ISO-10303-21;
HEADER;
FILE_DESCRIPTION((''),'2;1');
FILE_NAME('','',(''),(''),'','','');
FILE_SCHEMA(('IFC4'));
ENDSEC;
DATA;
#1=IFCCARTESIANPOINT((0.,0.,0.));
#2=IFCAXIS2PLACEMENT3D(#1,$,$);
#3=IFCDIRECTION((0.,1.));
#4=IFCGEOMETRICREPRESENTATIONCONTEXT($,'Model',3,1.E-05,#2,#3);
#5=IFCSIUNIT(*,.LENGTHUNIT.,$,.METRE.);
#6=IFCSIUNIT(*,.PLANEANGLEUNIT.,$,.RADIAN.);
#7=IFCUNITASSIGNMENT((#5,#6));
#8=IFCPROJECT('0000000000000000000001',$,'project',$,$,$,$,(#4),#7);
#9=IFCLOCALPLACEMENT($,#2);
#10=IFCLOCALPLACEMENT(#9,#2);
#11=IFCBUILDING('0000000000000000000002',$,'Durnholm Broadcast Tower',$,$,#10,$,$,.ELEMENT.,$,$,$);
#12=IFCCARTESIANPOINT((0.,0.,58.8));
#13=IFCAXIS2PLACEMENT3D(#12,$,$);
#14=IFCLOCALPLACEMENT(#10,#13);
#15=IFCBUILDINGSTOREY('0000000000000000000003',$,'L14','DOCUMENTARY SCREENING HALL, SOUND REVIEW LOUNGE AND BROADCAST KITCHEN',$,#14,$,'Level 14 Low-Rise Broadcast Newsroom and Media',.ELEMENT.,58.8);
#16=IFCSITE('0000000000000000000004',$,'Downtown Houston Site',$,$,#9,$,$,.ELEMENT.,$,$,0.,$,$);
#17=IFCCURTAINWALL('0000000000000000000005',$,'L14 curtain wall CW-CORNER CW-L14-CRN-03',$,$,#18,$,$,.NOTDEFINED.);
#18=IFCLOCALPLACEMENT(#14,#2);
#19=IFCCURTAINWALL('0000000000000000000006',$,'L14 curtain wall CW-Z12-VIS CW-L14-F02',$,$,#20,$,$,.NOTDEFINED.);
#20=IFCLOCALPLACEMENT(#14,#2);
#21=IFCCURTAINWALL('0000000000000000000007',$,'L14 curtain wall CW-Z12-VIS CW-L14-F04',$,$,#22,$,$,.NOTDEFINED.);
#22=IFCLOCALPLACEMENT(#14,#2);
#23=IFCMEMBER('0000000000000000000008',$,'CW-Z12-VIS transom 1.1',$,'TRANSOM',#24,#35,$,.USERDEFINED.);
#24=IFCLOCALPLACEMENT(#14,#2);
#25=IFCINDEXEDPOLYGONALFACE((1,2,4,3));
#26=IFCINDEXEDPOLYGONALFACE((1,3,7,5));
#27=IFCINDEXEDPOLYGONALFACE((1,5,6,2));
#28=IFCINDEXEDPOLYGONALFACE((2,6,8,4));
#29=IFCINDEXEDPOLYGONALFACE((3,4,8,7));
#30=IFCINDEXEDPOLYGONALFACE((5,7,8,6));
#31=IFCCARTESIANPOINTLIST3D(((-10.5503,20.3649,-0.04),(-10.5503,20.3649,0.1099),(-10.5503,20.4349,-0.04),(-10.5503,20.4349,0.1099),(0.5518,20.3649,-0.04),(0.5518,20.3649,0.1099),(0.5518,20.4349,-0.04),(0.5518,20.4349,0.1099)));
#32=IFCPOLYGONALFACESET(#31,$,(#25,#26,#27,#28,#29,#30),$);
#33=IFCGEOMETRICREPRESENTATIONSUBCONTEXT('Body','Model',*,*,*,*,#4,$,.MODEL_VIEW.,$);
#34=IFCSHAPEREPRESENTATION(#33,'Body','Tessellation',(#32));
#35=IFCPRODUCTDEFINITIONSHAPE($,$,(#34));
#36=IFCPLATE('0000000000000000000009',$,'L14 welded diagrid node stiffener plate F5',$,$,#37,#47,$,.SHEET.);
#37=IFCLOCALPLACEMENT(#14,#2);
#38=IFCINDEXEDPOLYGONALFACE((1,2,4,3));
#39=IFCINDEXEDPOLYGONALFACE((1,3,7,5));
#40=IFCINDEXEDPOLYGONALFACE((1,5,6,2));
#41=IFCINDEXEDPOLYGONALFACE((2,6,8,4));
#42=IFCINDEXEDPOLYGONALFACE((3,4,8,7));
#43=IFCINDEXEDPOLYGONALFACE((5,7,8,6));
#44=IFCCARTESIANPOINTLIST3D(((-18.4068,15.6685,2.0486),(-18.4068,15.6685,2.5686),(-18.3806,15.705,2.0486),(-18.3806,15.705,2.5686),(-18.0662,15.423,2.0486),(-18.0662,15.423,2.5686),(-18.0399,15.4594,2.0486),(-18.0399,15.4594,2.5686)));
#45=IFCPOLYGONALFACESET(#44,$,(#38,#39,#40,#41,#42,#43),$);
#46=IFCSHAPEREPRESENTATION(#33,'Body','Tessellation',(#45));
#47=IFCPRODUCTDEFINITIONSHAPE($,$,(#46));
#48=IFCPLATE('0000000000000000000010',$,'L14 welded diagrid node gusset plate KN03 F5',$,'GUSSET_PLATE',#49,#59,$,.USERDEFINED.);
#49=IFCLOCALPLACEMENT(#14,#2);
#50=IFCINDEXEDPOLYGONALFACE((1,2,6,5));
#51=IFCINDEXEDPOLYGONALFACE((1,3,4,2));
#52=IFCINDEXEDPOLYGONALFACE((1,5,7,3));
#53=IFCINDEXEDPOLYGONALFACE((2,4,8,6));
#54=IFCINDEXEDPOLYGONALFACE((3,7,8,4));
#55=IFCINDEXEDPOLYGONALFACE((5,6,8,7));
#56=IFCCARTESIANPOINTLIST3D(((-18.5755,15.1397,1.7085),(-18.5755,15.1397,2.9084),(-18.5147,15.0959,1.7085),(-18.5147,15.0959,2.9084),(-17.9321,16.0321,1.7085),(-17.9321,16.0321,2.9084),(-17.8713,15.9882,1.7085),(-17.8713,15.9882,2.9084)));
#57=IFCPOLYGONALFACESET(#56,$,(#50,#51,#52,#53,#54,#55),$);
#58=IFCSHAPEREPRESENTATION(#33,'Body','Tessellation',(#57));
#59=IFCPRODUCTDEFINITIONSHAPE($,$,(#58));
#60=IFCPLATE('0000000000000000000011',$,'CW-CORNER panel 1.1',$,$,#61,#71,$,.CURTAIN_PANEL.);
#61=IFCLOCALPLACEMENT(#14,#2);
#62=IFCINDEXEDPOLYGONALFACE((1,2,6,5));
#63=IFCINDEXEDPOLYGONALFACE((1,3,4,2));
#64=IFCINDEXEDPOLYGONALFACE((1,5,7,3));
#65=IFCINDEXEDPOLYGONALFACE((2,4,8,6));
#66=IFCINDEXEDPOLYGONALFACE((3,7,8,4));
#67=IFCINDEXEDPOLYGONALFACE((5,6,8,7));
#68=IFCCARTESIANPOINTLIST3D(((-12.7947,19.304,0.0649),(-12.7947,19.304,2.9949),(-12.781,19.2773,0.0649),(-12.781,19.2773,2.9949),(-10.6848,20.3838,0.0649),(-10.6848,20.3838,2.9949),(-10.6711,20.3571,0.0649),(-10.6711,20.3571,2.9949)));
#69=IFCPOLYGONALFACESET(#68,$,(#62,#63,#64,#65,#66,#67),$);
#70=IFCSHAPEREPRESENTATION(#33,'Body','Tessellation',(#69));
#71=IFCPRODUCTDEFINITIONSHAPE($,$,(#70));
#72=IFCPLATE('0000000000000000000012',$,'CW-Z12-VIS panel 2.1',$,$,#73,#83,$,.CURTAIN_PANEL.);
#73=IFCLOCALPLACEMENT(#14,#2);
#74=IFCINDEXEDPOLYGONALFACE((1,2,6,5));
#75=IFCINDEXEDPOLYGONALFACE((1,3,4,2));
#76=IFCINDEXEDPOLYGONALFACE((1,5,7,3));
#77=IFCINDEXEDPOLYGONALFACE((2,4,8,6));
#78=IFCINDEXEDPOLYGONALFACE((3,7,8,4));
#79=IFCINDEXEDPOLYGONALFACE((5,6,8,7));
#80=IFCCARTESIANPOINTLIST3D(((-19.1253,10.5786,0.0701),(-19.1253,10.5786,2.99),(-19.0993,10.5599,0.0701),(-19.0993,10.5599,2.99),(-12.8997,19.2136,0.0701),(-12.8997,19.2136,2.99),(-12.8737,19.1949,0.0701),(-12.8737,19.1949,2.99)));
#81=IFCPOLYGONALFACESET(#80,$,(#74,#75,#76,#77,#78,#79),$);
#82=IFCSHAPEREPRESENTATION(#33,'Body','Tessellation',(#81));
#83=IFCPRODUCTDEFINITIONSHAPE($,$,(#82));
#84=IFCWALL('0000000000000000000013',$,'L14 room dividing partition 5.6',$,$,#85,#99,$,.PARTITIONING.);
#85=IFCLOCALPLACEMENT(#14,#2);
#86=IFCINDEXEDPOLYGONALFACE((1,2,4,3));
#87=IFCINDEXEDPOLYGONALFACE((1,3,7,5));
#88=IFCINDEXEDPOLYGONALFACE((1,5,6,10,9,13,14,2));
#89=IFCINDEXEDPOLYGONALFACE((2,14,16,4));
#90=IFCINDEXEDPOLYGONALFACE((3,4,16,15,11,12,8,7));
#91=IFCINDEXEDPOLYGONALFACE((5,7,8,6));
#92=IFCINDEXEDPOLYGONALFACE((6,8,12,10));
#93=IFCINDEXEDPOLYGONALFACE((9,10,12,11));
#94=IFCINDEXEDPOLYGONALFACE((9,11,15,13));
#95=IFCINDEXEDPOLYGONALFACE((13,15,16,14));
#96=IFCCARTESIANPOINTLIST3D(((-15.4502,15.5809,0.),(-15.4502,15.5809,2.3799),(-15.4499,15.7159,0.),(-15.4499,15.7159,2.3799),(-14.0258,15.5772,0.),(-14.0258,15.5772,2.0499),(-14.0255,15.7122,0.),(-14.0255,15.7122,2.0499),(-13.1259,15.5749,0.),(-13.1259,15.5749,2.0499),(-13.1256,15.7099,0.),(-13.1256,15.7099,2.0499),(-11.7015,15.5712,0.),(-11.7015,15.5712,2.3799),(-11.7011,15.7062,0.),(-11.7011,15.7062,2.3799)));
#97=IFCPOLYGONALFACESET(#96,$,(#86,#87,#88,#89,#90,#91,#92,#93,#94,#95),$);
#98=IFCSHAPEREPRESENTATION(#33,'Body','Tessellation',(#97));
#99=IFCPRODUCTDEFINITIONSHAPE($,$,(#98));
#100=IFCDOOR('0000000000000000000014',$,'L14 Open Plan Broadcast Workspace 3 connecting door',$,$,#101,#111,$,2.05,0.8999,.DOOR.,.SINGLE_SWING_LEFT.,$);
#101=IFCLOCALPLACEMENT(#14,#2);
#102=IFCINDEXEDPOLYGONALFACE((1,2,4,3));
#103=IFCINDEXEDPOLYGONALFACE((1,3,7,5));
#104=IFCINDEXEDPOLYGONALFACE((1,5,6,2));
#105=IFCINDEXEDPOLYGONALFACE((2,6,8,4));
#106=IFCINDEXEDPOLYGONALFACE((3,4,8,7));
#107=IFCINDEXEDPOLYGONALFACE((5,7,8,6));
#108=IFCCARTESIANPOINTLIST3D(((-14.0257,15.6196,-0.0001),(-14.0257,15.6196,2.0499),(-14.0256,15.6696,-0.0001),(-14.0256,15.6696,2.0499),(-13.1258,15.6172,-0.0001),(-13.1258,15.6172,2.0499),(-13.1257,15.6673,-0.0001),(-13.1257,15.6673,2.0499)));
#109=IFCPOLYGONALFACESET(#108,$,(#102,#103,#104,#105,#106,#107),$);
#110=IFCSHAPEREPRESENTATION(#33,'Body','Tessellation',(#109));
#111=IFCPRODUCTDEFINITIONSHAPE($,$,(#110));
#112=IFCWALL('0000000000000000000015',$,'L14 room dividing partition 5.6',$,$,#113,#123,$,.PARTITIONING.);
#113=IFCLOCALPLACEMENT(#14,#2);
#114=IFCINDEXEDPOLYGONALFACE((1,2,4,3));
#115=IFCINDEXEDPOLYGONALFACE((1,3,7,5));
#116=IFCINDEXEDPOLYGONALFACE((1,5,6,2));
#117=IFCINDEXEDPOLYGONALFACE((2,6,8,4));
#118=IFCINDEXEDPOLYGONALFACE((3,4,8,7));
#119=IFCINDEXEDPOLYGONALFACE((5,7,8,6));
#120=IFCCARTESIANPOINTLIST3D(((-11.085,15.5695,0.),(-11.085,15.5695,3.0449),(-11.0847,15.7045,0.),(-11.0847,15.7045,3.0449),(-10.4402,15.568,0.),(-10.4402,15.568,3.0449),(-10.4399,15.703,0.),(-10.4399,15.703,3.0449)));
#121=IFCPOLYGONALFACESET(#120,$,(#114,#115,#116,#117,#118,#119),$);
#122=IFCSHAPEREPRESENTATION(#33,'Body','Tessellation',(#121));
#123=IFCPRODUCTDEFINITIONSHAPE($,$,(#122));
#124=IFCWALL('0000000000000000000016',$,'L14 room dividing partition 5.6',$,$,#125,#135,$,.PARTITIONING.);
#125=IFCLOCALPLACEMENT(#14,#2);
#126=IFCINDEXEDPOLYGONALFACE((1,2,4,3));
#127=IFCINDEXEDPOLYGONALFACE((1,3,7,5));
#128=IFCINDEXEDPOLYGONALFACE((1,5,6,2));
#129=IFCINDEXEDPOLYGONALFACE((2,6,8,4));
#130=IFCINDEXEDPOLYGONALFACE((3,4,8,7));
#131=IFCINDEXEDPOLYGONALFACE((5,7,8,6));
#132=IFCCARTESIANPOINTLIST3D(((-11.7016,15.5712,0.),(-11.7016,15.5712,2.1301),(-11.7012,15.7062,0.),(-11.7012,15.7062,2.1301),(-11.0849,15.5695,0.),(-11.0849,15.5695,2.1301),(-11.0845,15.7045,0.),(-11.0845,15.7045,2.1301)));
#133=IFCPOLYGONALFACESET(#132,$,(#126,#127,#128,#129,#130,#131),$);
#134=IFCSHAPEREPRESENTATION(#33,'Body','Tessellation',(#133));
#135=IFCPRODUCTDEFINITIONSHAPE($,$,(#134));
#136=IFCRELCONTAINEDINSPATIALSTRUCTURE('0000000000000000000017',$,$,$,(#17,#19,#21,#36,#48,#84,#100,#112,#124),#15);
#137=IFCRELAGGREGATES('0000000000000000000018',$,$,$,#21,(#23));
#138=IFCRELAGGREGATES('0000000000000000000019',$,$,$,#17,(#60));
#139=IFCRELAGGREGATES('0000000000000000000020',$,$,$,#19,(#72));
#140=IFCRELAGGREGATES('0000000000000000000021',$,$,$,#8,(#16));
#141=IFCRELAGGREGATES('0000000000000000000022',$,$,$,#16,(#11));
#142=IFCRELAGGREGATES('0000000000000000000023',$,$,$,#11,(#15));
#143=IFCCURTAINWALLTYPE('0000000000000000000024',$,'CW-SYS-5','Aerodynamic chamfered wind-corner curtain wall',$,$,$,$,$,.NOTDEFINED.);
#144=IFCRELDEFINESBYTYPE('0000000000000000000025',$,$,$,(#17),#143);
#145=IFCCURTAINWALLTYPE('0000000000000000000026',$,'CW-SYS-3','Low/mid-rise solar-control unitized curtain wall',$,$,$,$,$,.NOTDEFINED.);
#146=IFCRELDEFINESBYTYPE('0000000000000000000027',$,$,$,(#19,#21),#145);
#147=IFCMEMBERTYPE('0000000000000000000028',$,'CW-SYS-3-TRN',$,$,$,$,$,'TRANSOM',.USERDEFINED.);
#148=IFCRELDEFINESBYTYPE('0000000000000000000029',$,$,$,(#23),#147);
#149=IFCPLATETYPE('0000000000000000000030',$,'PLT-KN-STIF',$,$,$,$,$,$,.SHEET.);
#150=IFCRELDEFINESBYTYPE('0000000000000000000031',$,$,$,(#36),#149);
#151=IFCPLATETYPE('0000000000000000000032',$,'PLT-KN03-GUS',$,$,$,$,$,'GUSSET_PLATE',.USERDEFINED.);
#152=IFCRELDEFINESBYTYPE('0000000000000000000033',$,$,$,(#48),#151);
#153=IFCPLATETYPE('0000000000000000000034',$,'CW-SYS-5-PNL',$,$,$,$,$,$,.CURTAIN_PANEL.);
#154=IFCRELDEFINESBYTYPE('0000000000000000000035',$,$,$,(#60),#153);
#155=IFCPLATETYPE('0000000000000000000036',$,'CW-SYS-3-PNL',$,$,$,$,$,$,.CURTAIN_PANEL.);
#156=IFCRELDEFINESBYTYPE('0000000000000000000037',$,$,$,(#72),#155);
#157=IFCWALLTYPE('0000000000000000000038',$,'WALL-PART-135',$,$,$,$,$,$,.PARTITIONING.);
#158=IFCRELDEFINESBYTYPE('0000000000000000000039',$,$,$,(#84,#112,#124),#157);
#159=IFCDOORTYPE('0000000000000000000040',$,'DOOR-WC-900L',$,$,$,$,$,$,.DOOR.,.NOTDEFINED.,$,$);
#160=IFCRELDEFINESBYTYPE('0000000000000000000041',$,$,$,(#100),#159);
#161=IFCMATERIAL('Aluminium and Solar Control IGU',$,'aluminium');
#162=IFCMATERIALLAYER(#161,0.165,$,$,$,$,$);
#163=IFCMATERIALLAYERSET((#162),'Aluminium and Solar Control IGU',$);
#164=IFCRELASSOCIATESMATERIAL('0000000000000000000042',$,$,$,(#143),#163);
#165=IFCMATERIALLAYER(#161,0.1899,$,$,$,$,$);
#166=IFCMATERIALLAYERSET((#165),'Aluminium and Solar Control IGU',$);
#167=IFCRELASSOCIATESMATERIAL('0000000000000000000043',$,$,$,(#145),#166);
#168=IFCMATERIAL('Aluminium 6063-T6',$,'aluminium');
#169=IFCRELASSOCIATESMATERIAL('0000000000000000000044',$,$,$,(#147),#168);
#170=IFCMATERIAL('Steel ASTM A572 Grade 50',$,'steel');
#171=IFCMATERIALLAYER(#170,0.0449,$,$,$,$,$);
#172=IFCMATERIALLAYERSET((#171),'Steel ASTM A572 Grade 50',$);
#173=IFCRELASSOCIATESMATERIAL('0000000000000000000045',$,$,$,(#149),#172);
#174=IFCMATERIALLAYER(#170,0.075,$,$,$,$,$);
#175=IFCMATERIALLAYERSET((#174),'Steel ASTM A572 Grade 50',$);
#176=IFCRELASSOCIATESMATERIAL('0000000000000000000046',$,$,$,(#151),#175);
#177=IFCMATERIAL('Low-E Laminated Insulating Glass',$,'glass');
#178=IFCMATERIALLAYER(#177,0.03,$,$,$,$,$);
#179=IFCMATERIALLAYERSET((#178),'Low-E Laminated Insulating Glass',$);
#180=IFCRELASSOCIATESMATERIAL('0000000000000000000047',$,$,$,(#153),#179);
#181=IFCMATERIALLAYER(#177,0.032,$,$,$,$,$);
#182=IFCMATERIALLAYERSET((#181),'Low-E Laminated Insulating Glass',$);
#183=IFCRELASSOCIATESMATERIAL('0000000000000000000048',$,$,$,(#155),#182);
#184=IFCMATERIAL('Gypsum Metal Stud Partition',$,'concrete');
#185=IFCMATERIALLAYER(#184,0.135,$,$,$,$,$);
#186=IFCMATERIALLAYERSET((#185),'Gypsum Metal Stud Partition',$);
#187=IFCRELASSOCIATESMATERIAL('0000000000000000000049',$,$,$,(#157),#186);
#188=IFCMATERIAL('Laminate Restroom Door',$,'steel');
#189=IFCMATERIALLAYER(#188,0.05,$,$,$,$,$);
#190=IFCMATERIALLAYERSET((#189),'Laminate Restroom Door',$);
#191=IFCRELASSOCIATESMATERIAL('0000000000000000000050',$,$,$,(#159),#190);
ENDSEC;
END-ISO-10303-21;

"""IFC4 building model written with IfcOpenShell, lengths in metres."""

from ifc_helpers import new_model, si_unit, direction, frame, frame_2d, origin, origin_2d, place, context, subcontext, project, spatial, rectangle, extrude, source, transform, mapped, material, layer, layer_set, material_profile, profile_set, type_object, type_shapes, element, fill, aggregate, save


model = new_model("IFC4")

# Units and contexts
model_context = context("Model", 3, precision=1e-05, world=origin(), true_north=direction((0.0, 1.0)))
body_context = subcontext(model_context, "Body", "Model", "MODEL_VIEW")
ifc_project = project(units=[si_unit("LENGTHUNIT", "METRE"), si_unit("PLANEANGLEUNIT", "RADIAN")], contexts=[model_context])

# Site, building, storey
site_placement = place(None, origin())
site = spatial("IfcSite", under=ifc_project, at=site_placement, Name="Downtown Houston Site", CompositionType="ELEMENT", RefElevation=0.0)
building_placement = place(site_placement, origin())
building = spatial("IfcBuilding", under=site, at=building_placement, Name="Durnholm Broadcast Tower", CompositionType="ELEMENT")
storey_placement = place(building_placement, frame((0.0, 0.0, 58.8)))
storey = spatial("IfcBuildingStorey", under=building, at=storey_placement, Name="L14", Description="DOCUMENTARY SCREENING HALL, SOUND REVIEW LOUNGE AND BROADCAST KITCHEN", LongName="Level 14 Low-Rise Broadcast Newsroom and Media", CompositionType="ELEMENT", Elevation=58.8)

# Curtain wall
ifc_material_1 = material(Name="Aluminium and Solar Control IGU", Category="aluminium")
ifc_layer_1 = layer(ifc_material_1, 0.165)
ifc_layer_set_1 = layer_set([ifc_layer_1], Name="Aluminium and Solar Control IGU")
curtain_wall_type_1 = type_object("IfcCurtainWallType", Name="CW-SYS-5", Description="Aerodynamic chamfered wind-corner curtain wall", PredefinedType="NOTDEFINED", material=ifc_layer_set_1)
curtain_wall_1_placement = place(storey_placement, origin())
curtain_wall_1 = element("IfcCurtainWall", 1, at=curtain_wall_1_placement, inside=storey, type_object=curtain_wall_type_1, Name="L14 curtain wall CW-CORNER CW-L14-CRN-03", PredefinedType="NOTDEFINED")
ifc_material_2 = material(Name="Aluminium 6063-T6", Category="aluminium")

# Curtain wall
ifc_layer_2 = layer(ifc_material_1, 0.1899)
ifc_layer_set_2 = layer_set([ifc_layer_2], Name="Aluminium and Solar Control IGU")
curtain_wall_type_2 = type_object("IfcCurtainWallType", Name="CW-SYS-3", Description="Low/mid-rise solar-control unitized curtain wall", PredefinedType="NOTDEFINED", material=ifc_layer_set_2)
curtain_wall_2_placement = place(storey_placement, origin())
curtain_wall_2 = element("IfcCurtainWall", 2, at=curtain_wall_2_placement, inside=storey, type_object=curtain_wall_type_2, Name="L14 curtain wall CW-Z12-VIS CW-L14-F02", PredefinedType="NOTDEFINED")

# Curtain wall, member
curtain_wall_3_placement = place(storey_placement, origin())
curtain_wall_3 = element("IfcCurtainWall", 3, at=curtain_wall_3_placement, inside=storey, type_object=curtain_wall_type_2, Name="L14 curtain wall CW-Z12-VIS CW-L14-F04", PredefinedType="NOTDEFINED")
ifc_material_profile_1 = material_profile(ifc_material_2, rectangle(XDim=0.0701, YDim=0.1499, at=origin_2d()), Name="CWT70X150")
ifc_profile_set_1 = profile_set([ifc_material_profile_1], Name="Aluminium 6063-T6")
member_type_1 = type_object("IfcMemberType", Name="CW-SYS-3-TRN", ElementType="TRANSOM", PredefinedType="USERDEFINED", material=ifc_profile_set_1)
shared_shape_1 = source(origin(), body_context, "Body", "SweptSolid", [
    extrude(rectangle(XDim=0.0701, YDim=0.1499, at=origin_2d()), origin(), (0.0, 0.0, 1.0), 11.1021),
])
type_shapes(member_type_1, [shared_shape_1])
member_1_placement = place(storey_placement, frame((-10.5503, 20.3999, 0.0349), z_axis=(1.0, 0.0, 0.0), x_axis=(0.0, 1.0, 0.0)))
member_1 = element("IfcMember", 4, at=member_1_placement, type_object=member_type_1, Name="CW-Z12-VIS transom 1.1", ObjectType="TRANSOM", PredefinedType="USERDEFINED", context=body_context, shape_type="MappedRepresentation", body=[
    mapped(shared_shape_1, transform((0.0, 0.0, 0.0), x_axis=(1.0, 0.0, 0.0), y_axis=(0.0, 1.0, 0.0), z_axis=(0.0, 0.0, 1.0), scale=1.0)),
])
aggregate(curtain_wall_3, [member_1])

# Plates
ifc_material_3 = material(Name="Steel ASTM A572 Grade 50", Category="steel")
ifc_layer_3 = layer(ifc_material_3, 0.0449)
ifc_layer_set_3 = layer_set([ifc_layer_3], Name="Steel ASTM A572 Grade 50")
plate_type_1 = type_object("IfcPlateType", Name="PLT-KN-STIF", PredefinedType="SHEET", material=ifc_layer_set_3)
shared_shape_2 = source(origin(), body_context, "Body", "SweptSolid", [
    extrude(rectangle(XDim=0.0449, YDim=0.4199, at=origin_2d()), origin(), (0.0, 0.0, 1.0), 0.52),
])
type_shapes(plate_type_1, [shared_shape_2])
plate_1_placement = place(storey_placement, frame((-18.2234, 15.564, 2.0486), z_axis=(0.0, 0.0, 1.0), x_axis=(-0.584816, -0.811166, 0.0)))
element("IfcPlate", 5, at=plate_1_placement, inside=storey, type_object=plate_type_1, Name="L14 welded diagrid node stiffener plate F5", PredefinedType="SHEET", context=body_context, shape_type="MappedRepresentation", body=[
    mapped(shared_shape_2, transform((0.0, 0.0, 0.0), x_axis=(1.0, 0.0, 0.0), y_axis=(0.0, 1.0, 0.0), z_axis=(0.0, 0.0, 1.0), scale=1.0)),
])
ifc_layer_4 = layer(ifc_material_3, 0.075)
ifc_layer_set_4 = layer_set([ifc_layer_4], Name="Steel ASTM A572 Grade 50")
plate_type_2 = type_object("IfcPlateType", Name="PLT-KN03-GUS", ElementType="GUSSET_PLATE", PredefinedType="USERDEFINED", material=ifc_layer_set_4)
shared_shape_3 = source(origin(), body_context, "Body", "SweptSolid", [
    extrude(rectangle(XDim=1.1001, YDim=0.075, at=origin_2d()), origin(), (0.0, 0.0, 1.0), 1.2),
])
type_shapes(plate_type_2, [shared_shape_3])
plate_2_placement = place(storey_placement, frame((-18.2234, 15.564, 1.7085), z_axis=(0.0, 0.0, 1.0), x_axis=(-0.584816, -0.811166, 0.0)))
element("IfcPlate", 6, at=plate_2_placement, inside=storey, type_object=plate_type_2, Name="L14 welded diagrid node gusset plate KN03 F5", ObjectType="GUSSET_PLATE", PredefinedType="USERDEFINED", context=body_context, shape_type="MappedRepresentation", body=[
    mapped(shared_shape_3, transform((0.0, 0.0, 0.0), x_axis=(1.0, 0.0, 0.0), y_axis=(0.0, 1.0, 0.0), z_axis=(0.0, 0.0, 1.0), scale=1.0)),
])

# Plates
ifc_material_4 = material(Name="Low-E Laminated Insulating Glass", Category="glass")
ifc_layer_5 = layer(ifc_material_4, 0.03)
ifc_layer_set_5 = layer_set([ifc_layer_5], Name="Low-E Laminated Insulating Glass")
plate_type_3 = type_object("IfcPlateType", Name="CW-SYS-5-PNL", PredefinedType="CURTAIN_PANEL", material=ifc_layer_set_5)
shared_shape_4 = source(origin(), body_context, "Body", "SweptSolid", [
    extrude(rectangle(XDim=2.3701, YDim=0.03, at=origin_2d()), origin(), (0.0, 0.0, 1.0), 2.9299),
])
type_shapes(plate_type_3, [shared_shape_4])
plate_3_placement = place(storey_placement, frame((-11.7329, 19.8306, 0.0649), z_axis=(0.0, 0.0, 1.0), x_axis=(0.890188, 0.455594, 0.0)))
plate_3 = element("IfcPlate", 7, at=plate_3_placement, type_object=plate_type_3, Name="CW-CORNER panel 1.1", PredefinedType="CURTAIN_PANEL", context=body_context, shape_type="MappedRepresentation", body=[
    mapped(shared_shape_4, transform((0.0, 0.0, 0.0), x_axis=(1.0, 0.0, 0.0), y_axis=(0.0, 1.0, 0.0), z_axis=(0.0, 0.0, 1.0), scale=1.0)),
])
aggregate(curtain_wall_1, [plate_3])
ifc_layer_6 = layer(ifc_material_4, 0.032)
ifc_layer_set_6 = layer_set([ifc_layer_6], Name="Low-E Laminated Insulating Glass")
plate_type_4 = type_object("IfcPlateType", Name="CW-SYS-3-PNL", PredefinedType="CURTAIN_PANEL", material=ifc_layer_set_6)
shared_shape_5 = source(origin(), body_context, "Body", "SweptSolid", [
    extrude(rectangle(XDim=10.6453, YDim=0.032, at=origin_2d()), origin(), (0.0, 0.0, 1.0), 2.9199),
])
type_shapes(plate_type_4, [shared_shape_5])
plate_4_placement = place(storey_placement, frame((-15.9995, 14.8867, 0.0701), z_axis=(0.0, 0.0, 1.0), x_axis=(0.584823, 0.811161, 0.0)))
plate_4 = element("IfcPlate", 8, at=plate_4_placement, type_object=plate_type_4, Name="CW-Z12-VIS panel 2.1", PredefinedType="CURTAIN_PANEL", context=body_context, shape_type="MappedRepresentation", body=[
    mapped(shared_shape_5, transform((0.0, 0.0, 0.0), x_axis=(1.0, 0.0, 0.0), y_axis=(0.0, 1.0, 0.0), z_axis=(0.0, 0.0, 1.0), scale=1.0)),
])
aggregate(curtain_wall_2, [plate_4])

# Wall, opening, door
ifc_material_5 = material(Name="Gypsum Metal Stud Partition", Category="concrete")
ifc_layer_7 = layer(ifc_material_5, 0.135)
ifc_layer_set_7 = layer_set([ifc_layer_7], Name="Gypsum Metal Stud Partition")
wall_type = type_object("IfcWallType", Name="WALL-PART-135", PredefinedType="PARTITIONING", material=ifc_layer_set_7)
wall_1_placement = place(storey_placement, frame((-15.4502, 15.6484, 0.0), z_axis=(0.0, 0.0, 1.0), x_axis=(0.999997, -0.002605, 0.0)))
wall_1 = element("IfcWall", 9, at=wall_1_placement, inside=storey, type_object=wall_type, Name="L14 room dividing partition 5.6", PredefinedType="PARTITIONING", context=body_context, shape_type="SweptSolid", body=[
    extrude(rectangle(XDim=3.7488, YDim=0.135, at=frame_2d((1.8745, 0.0))), origin(), (0.0, 0.0, 1.0), 2.3799),
])
opening_placement = place(wall_1_placement, frame((1.4246, 0.0, 0.0)))
opening = element("IfcOpeningElement", 10, at=opening_placement, cuts=wall_1, PredefinedType="OPENING", context=body_context, shape_type="SweptSolid", body=[
    extrude(rectangle(XDim=0.8999, YDim=2.05, at=frame_2d((0.45, 1.0249))), frame((0.0, 0.0776, 0.0), z_axis=(0.0, -1.0, 0.0), x_axis=(1.0, 0.0, 0.0)), (0.0, 0.0, 1.0), 0.155),
])
ifc_material_6 = material(Name="Laminate Restroom Door", Category="steel")
ifc_layer_8 = layer(ifc_material_6, 0.05)
ifc_layer_set_8 = layer_set([ifc_layer_8], Name="Laminate Restroom Door")
door_type = type_object("IfcDoorType", Name="DOOR-WC-900L", OperationType="NOTDEFINED", PredefinedType="DOOR", material=ifc_layer_set_8)
shared_shape_6 = source(origin(), body_context, "Body", "SweptSolid", [
    extrude(rectangle(XDim=0.8999, YDim=2.05, at=frame_2d((0.45, 1.0249))), frame((0.0, 0.0249, 0.0), z_axis=(0.0, -1.0, 0.0), x_axis=(1.0, 0.0, 0.0)), (0.0, 0.0, 1.0), 0.05),
])
type_shapes(door_type, [shared_shape_6])
door_placement = place(opening_placement, origin())
door = element("IfcDoor", 11, at=door_placement, inside=storey, type_object=door_type, Name="L14 Open Plan Broadcast Workspace 3 connecting door", OperationType="SINGLE_SWING_LEFT", OverallHeight=2.05, OverallWidth=0.8999, PredefinedType="DOOR", context=body_context, shape_type="MappedRepresentation", body=[
    mapped(shared_shape_6, transform((0.0, 0.0, 0.0), x_axis=(1.0, 0.0, 0.0), y_axis=(0.0, 1.0, 0.0), z_axis=(0.0, 0.0, 1.0), scale=1.0)),
])
fill(opening, door)

# Walls
wall_2_placement = place(storey_placement, frame((-11.0847, 15.637, 0.0), z_axis=(0.0, 0.0, 1.0), x_axis=(0.999997, -0.002272, 0.0)))
element("IfcWall", 12, at=wall_2_placement, inside=storey, type_object=wall_type, Name="L14 room dividing partition 5.6", PredefinedType="PARTITIONING", context=body_context, shape_type="SweptSolid", body=[
    extrude(rectangle(XDim=0.6448, YDim=0.135, at=frame_2d((0.3223, 0.0))), origin(), (0.0, 0.0, 1.0), 3.0449),
])
wall_3_placement = place(storey_placement, frame((-11.7014, 15.6387, 0.0), z_axis=(0.0, 0.0, 1.0), x_axis=(0.999996, -0.002771, 0.0)))
element("IfcWall", 13, at=wall_3_placement, inside=storey, type_object=wall_type, Name="L14 room dividing partition 5.6", PredefinedType="PARTITIONING", context=body_context, shape_type="SweptSolid", body=[
    extrude(rectangle(XDim=0.6167, YDim=0.135, at=frame_2d((0.3083, 0.0))), origin(), (0.0, 0.0, 1.0), 2.1301),
])

save(model, "model.ifc")
